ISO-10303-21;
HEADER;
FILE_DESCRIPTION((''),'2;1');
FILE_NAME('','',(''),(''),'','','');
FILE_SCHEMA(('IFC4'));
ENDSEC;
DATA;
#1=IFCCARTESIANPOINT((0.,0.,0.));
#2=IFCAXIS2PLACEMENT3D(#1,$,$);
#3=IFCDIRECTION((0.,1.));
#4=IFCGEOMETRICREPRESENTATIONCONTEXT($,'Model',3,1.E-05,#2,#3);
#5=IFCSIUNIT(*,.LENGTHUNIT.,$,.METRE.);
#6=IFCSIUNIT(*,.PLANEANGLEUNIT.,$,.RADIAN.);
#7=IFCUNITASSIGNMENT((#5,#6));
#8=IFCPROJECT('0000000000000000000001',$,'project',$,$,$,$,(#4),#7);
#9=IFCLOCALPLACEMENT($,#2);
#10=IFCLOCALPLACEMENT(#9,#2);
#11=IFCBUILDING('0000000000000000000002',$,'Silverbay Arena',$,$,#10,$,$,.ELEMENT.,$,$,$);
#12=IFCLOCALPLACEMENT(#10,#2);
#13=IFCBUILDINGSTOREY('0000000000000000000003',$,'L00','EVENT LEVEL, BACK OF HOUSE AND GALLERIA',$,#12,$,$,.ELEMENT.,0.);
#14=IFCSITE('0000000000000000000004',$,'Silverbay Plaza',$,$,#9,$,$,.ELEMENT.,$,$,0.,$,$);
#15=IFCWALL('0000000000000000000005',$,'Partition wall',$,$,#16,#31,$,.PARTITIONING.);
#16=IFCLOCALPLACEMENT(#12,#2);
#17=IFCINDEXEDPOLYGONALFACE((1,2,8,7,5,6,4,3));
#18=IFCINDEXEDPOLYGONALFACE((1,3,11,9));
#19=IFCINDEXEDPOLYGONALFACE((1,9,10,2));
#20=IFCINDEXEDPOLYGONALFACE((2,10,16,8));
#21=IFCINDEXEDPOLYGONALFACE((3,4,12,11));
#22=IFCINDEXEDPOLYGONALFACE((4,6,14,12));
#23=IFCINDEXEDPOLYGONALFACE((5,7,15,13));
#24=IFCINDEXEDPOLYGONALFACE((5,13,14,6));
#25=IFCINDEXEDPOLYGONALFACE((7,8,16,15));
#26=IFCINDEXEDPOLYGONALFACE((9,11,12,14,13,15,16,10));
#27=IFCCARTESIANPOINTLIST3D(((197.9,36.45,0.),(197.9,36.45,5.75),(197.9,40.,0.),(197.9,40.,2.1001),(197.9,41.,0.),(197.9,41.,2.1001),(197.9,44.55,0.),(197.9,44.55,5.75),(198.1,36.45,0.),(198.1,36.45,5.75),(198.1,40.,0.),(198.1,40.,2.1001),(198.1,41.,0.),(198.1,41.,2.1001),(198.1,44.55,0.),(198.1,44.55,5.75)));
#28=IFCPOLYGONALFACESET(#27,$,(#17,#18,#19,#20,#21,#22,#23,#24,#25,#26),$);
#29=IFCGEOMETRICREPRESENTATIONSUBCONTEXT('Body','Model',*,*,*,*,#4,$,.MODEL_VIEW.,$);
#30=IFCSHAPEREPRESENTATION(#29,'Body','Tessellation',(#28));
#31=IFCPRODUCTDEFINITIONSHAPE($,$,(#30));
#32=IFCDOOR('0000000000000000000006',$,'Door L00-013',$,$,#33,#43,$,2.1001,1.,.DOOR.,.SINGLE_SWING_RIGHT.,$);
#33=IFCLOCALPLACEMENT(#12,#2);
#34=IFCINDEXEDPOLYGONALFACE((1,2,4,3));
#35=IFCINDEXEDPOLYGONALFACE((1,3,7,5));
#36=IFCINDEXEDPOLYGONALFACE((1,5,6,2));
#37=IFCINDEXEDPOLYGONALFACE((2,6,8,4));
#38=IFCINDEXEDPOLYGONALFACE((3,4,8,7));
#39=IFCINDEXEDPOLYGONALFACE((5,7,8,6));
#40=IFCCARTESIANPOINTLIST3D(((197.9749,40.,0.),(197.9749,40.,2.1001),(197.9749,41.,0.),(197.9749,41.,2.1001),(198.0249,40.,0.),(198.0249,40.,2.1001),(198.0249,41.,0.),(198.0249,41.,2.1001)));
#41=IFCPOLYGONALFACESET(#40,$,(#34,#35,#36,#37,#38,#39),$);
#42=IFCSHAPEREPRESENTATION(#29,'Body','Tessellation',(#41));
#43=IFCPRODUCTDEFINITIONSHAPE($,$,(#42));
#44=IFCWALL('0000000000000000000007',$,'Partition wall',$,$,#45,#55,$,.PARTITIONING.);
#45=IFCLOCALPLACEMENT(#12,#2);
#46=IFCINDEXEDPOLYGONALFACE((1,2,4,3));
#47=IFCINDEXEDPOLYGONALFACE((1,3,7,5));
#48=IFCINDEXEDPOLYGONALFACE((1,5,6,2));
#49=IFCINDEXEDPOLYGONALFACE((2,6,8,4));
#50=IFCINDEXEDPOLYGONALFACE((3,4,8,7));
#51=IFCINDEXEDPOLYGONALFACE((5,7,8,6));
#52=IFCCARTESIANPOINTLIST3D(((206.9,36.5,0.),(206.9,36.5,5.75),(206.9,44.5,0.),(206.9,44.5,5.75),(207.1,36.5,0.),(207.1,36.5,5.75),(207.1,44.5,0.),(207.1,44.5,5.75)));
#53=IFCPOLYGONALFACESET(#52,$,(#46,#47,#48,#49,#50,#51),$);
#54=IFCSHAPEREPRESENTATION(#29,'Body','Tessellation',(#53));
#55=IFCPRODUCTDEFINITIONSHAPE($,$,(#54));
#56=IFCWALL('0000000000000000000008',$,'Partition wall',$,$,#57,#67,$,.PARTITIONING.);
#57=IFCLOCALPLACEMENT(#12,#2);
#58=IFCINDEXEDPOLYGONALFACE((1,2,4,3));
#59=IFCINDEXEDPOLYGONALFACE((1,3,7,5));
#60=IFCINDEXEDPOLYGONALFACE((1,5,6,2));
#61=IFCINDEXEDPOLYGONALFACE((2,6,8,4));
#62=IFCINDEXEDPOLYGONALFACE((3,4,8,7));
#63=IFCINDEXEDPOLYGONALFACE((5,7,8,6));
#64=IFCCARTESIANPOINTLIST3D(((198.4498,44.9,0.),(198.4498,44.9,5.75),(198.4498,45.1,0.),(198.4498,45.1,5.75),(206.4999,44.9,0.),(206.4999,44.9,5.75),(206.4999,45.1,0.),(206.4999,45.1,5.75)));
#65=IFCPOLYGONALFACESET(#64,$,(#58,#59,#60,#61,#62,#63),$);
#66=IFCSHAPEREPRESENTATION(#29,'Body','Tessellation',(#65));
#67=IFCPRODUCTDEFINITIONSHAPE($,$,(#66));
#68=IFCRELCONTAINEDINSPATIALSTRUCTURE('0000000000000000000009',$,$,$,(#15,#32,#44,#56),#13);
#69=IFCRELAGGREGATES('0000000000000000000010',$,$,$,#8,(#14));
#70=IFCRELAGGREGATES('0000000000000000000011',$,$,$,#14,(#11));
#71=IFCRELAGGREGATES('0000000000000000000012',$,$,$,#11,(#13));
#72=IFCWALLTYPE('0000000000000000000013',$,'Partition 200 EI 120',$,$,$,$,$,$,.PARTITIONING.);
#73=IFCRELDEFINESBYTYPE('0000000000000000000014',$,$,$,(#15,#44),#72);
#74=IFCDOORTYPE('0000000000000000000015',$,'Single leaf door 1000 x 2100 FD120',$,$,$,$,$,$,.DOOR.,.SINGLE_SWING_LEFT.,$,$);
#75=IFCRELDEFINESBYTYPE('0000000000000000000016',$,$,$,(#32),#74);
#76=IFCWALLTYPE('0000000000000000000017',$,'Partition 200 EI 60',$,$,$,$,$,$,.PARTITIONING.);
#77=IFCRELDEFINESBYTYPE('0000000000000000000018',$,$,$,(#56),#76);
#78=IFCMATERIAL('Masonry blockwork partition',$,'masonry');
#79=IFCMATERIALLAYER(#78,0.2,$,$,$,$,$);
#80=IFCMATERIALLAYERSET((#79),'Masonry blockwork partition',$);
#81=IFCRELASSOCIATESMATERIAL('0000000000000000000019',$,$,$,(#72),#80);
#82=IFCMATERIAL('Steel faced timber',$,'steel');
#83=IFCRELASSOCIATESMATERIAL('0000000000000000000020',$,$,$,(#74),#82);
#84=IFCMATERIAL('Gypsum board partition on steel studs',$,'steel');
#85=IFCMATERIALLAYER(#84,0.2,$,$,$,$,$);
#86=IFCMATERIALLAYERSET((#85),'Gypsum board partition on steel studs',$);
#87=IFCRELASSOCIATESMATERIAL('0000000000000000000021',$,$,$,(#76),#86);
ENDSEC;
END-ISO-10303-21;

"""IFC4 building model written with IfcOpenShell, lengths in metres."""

from ifc_helpers import new_model, si_unit, direction, frame, frame_2d, origin, place, context, subcontext, project, spatial, rectangle, extrude, material, layer, layer_set, type_object, element, fill, save


model = new_model("IFC4")

# Units and contexts
model_context = context("Model", 3, precision=1e-05, world=origin(), true_north=direction((0.0, 1.0)))
body_context = subcontext(model_context, "Body", "Model", "MODEL_VIEW")
ifc_project = project(units=[si_unit("LENGTHUNIT", "METRE"), si_unit("PLANEANGLEUNIT", "RADIAN")], contexts=[model_context])

# Site, building, storey
site_placement = place(None, origin())
site = spatial("IfcSite", under=ifc_project, at=site_placement, Name="Silverbay Plaza", CompositionType="ELEMENT", RefElevation=0.0)
building_placement = place(site_placement, origin())
building = spatial("IfcBuilding", under=site, at=building_placement, Name="Silverbay Arena", CompositionType="ELEMENT")
storey_placement = place(building_placement, origin())
storey = spatial("IfcBuildingStorey", under=building, at=storey_placement, Name="L00", Description="EVENT LEVEL, BACK OF HOUSE AND GALLERIA", CompositionType="ELEMENT", Elevation=0.0)

# Shared definitions
ifc_material_1 = material(Name="Masonry blockwork partition", Category="masonry")
ifc_layer_1 = layer(ifc_material_1, 0.2)
ifc_layer_set_1 = layer_set([ifc_layer_1], Name="Masonry blockwork partition")
wall_type_1 = type_object("IfcWallType", Name="Partition 200 EI 120", PredefinedType="PARTITIONING", material=ifc_layer_set_1)

# Wall, opening, door
wall_1_placement = place(storey_placement, frame((198.0, 36.45, 0.0), z_axis=(0.0, 0.0, 1.0), x_axis=(0.0, 1.0, 0.0)))
wall_1 = element("IfcWall", 1, at=wall_1_placement, inside=storey, type_object=wall_type_1, Name="Partition wall", PredefinedType="PARTITIONING", context=body_context, shape_type="SweptSolid", body=[
    extrude(rectangle(XDim=8.1001, YDim=0.2, at=frame_2d((4.05, 0.0))), origin(), (0.0, 0.0, 1.0), 5.75),
])
opening_1_placement = place(wall_1_placement, frame((3.55, 0.0, 0.0)))
opening_1 = element("IfcOpeningElement", 2, at=opening_1_placement, cuts=wall_1, PredefinedType="OPENING", context=body_context, shape_type="SweptSolid", body=[
    extrude(rectangle(XDim=1.0, YDim=2.1001, at=frame_2d((0.5, 1.05))), frame((0.0, 0.1099, 0.0), z_axis=(0.0, -1.0, 0.0), x_axis=(1.0, 0.0, 0.0)), (0.0, 0.0, 1.0), 0.22),
])
ifc_material_2 = material(Name="Steel faced timber", Category="steel")
door_type_1 = type_object("IfcDoorType", Name="Single leaf door 1000 x 2100 FD120", OperationType="SINGLE_SWING_LEFT", PredefinedType="DOOR", material=ifc_material_2)
door_1_placement = place(opening_1_placement, frame((1.0, 0.0, 0.0), z_axis=(0.0, 0.0, 1.0), x_axis=(-1.0, 0.0, 0.0)))
door_1 = element("IfcDoor", 3, at=door_1_placement, inside=storey, type_object=door_type_1, Name="Door L00-013", OperationType="SINGLE_SWING_RIGHT", OverallHeight=2.1001, OverallWidth=1.0, PredefinedType="DOOR", context=body_context, shape_type="SweptSolid", body=[
    extrude(rectangle(XDim=1.0, YDim=2.1001, at=frame_2d((0.5, 1.05))), frame((0.0, 0.0249, 0.0), z_axis=(0.0, -1.0, 0.0), x_axis=(1.0, 0.0, 0.0)), (0.0, 0.0, 1.0), 0.05),
])
fill(opening_1, door_1)

# Walls
wall_2_placement = place(storey_placement, frame((207.0, 36.5, 0.0), z_axis=(0.0, 0.0, 1.0), x_axis=(0.0, 1.0, 0.0)))
element("IfcWall", 4, at=wall_2_placement, inside=storey, type_object=wall_type_1, Name="Partition wall", PredefinedType="PARTITIONING", context=body_context, shape_type="SweptSolid", body=[
    extrude(rectangle(XDim=8.0, YDim=0.2, at=frame_2d((4.0, 0.0))), origin(), (0.0, 0.0, 1.0), 5.75),
])
ifc_material_3 = material(Name="Gypsum board partition on steel studs", Category="steel")
ifc_layer_2 = layer(ifc_material_3, 0.2)
ifc_layer_set_2 = layer_set([ifc_layer_2], Name="Gypsum board partition on steel studs")
wall_type_2 = type_object("IfcWallType", Name="Partition 200 EI 60", PredefinedType="PARTITIONING", material=ifc_layer_set_2)
wall_3_placement = place(storey_placement, frame((198.45, 45.0, 0.0), z_axis=(0.0, 0.0, 1.0), x_axis=(1.0, 0.0, 0.0)))
element("IfcWall", 5, at=wall_3_placement, inside=storey, type_object=wall_type_2, Name="Partition wall", PredefinedType="PARTITIONING", context=body_context, shape_type="SweptSolid", body=[
    extrude(rectangle(XDim=8.05, YDim=0.2, at=frame_2d((4.0249, 0.0))), origin(), (0.0, 0.0, 1.0), 5.75),
])

save(model, "model.ifc")
